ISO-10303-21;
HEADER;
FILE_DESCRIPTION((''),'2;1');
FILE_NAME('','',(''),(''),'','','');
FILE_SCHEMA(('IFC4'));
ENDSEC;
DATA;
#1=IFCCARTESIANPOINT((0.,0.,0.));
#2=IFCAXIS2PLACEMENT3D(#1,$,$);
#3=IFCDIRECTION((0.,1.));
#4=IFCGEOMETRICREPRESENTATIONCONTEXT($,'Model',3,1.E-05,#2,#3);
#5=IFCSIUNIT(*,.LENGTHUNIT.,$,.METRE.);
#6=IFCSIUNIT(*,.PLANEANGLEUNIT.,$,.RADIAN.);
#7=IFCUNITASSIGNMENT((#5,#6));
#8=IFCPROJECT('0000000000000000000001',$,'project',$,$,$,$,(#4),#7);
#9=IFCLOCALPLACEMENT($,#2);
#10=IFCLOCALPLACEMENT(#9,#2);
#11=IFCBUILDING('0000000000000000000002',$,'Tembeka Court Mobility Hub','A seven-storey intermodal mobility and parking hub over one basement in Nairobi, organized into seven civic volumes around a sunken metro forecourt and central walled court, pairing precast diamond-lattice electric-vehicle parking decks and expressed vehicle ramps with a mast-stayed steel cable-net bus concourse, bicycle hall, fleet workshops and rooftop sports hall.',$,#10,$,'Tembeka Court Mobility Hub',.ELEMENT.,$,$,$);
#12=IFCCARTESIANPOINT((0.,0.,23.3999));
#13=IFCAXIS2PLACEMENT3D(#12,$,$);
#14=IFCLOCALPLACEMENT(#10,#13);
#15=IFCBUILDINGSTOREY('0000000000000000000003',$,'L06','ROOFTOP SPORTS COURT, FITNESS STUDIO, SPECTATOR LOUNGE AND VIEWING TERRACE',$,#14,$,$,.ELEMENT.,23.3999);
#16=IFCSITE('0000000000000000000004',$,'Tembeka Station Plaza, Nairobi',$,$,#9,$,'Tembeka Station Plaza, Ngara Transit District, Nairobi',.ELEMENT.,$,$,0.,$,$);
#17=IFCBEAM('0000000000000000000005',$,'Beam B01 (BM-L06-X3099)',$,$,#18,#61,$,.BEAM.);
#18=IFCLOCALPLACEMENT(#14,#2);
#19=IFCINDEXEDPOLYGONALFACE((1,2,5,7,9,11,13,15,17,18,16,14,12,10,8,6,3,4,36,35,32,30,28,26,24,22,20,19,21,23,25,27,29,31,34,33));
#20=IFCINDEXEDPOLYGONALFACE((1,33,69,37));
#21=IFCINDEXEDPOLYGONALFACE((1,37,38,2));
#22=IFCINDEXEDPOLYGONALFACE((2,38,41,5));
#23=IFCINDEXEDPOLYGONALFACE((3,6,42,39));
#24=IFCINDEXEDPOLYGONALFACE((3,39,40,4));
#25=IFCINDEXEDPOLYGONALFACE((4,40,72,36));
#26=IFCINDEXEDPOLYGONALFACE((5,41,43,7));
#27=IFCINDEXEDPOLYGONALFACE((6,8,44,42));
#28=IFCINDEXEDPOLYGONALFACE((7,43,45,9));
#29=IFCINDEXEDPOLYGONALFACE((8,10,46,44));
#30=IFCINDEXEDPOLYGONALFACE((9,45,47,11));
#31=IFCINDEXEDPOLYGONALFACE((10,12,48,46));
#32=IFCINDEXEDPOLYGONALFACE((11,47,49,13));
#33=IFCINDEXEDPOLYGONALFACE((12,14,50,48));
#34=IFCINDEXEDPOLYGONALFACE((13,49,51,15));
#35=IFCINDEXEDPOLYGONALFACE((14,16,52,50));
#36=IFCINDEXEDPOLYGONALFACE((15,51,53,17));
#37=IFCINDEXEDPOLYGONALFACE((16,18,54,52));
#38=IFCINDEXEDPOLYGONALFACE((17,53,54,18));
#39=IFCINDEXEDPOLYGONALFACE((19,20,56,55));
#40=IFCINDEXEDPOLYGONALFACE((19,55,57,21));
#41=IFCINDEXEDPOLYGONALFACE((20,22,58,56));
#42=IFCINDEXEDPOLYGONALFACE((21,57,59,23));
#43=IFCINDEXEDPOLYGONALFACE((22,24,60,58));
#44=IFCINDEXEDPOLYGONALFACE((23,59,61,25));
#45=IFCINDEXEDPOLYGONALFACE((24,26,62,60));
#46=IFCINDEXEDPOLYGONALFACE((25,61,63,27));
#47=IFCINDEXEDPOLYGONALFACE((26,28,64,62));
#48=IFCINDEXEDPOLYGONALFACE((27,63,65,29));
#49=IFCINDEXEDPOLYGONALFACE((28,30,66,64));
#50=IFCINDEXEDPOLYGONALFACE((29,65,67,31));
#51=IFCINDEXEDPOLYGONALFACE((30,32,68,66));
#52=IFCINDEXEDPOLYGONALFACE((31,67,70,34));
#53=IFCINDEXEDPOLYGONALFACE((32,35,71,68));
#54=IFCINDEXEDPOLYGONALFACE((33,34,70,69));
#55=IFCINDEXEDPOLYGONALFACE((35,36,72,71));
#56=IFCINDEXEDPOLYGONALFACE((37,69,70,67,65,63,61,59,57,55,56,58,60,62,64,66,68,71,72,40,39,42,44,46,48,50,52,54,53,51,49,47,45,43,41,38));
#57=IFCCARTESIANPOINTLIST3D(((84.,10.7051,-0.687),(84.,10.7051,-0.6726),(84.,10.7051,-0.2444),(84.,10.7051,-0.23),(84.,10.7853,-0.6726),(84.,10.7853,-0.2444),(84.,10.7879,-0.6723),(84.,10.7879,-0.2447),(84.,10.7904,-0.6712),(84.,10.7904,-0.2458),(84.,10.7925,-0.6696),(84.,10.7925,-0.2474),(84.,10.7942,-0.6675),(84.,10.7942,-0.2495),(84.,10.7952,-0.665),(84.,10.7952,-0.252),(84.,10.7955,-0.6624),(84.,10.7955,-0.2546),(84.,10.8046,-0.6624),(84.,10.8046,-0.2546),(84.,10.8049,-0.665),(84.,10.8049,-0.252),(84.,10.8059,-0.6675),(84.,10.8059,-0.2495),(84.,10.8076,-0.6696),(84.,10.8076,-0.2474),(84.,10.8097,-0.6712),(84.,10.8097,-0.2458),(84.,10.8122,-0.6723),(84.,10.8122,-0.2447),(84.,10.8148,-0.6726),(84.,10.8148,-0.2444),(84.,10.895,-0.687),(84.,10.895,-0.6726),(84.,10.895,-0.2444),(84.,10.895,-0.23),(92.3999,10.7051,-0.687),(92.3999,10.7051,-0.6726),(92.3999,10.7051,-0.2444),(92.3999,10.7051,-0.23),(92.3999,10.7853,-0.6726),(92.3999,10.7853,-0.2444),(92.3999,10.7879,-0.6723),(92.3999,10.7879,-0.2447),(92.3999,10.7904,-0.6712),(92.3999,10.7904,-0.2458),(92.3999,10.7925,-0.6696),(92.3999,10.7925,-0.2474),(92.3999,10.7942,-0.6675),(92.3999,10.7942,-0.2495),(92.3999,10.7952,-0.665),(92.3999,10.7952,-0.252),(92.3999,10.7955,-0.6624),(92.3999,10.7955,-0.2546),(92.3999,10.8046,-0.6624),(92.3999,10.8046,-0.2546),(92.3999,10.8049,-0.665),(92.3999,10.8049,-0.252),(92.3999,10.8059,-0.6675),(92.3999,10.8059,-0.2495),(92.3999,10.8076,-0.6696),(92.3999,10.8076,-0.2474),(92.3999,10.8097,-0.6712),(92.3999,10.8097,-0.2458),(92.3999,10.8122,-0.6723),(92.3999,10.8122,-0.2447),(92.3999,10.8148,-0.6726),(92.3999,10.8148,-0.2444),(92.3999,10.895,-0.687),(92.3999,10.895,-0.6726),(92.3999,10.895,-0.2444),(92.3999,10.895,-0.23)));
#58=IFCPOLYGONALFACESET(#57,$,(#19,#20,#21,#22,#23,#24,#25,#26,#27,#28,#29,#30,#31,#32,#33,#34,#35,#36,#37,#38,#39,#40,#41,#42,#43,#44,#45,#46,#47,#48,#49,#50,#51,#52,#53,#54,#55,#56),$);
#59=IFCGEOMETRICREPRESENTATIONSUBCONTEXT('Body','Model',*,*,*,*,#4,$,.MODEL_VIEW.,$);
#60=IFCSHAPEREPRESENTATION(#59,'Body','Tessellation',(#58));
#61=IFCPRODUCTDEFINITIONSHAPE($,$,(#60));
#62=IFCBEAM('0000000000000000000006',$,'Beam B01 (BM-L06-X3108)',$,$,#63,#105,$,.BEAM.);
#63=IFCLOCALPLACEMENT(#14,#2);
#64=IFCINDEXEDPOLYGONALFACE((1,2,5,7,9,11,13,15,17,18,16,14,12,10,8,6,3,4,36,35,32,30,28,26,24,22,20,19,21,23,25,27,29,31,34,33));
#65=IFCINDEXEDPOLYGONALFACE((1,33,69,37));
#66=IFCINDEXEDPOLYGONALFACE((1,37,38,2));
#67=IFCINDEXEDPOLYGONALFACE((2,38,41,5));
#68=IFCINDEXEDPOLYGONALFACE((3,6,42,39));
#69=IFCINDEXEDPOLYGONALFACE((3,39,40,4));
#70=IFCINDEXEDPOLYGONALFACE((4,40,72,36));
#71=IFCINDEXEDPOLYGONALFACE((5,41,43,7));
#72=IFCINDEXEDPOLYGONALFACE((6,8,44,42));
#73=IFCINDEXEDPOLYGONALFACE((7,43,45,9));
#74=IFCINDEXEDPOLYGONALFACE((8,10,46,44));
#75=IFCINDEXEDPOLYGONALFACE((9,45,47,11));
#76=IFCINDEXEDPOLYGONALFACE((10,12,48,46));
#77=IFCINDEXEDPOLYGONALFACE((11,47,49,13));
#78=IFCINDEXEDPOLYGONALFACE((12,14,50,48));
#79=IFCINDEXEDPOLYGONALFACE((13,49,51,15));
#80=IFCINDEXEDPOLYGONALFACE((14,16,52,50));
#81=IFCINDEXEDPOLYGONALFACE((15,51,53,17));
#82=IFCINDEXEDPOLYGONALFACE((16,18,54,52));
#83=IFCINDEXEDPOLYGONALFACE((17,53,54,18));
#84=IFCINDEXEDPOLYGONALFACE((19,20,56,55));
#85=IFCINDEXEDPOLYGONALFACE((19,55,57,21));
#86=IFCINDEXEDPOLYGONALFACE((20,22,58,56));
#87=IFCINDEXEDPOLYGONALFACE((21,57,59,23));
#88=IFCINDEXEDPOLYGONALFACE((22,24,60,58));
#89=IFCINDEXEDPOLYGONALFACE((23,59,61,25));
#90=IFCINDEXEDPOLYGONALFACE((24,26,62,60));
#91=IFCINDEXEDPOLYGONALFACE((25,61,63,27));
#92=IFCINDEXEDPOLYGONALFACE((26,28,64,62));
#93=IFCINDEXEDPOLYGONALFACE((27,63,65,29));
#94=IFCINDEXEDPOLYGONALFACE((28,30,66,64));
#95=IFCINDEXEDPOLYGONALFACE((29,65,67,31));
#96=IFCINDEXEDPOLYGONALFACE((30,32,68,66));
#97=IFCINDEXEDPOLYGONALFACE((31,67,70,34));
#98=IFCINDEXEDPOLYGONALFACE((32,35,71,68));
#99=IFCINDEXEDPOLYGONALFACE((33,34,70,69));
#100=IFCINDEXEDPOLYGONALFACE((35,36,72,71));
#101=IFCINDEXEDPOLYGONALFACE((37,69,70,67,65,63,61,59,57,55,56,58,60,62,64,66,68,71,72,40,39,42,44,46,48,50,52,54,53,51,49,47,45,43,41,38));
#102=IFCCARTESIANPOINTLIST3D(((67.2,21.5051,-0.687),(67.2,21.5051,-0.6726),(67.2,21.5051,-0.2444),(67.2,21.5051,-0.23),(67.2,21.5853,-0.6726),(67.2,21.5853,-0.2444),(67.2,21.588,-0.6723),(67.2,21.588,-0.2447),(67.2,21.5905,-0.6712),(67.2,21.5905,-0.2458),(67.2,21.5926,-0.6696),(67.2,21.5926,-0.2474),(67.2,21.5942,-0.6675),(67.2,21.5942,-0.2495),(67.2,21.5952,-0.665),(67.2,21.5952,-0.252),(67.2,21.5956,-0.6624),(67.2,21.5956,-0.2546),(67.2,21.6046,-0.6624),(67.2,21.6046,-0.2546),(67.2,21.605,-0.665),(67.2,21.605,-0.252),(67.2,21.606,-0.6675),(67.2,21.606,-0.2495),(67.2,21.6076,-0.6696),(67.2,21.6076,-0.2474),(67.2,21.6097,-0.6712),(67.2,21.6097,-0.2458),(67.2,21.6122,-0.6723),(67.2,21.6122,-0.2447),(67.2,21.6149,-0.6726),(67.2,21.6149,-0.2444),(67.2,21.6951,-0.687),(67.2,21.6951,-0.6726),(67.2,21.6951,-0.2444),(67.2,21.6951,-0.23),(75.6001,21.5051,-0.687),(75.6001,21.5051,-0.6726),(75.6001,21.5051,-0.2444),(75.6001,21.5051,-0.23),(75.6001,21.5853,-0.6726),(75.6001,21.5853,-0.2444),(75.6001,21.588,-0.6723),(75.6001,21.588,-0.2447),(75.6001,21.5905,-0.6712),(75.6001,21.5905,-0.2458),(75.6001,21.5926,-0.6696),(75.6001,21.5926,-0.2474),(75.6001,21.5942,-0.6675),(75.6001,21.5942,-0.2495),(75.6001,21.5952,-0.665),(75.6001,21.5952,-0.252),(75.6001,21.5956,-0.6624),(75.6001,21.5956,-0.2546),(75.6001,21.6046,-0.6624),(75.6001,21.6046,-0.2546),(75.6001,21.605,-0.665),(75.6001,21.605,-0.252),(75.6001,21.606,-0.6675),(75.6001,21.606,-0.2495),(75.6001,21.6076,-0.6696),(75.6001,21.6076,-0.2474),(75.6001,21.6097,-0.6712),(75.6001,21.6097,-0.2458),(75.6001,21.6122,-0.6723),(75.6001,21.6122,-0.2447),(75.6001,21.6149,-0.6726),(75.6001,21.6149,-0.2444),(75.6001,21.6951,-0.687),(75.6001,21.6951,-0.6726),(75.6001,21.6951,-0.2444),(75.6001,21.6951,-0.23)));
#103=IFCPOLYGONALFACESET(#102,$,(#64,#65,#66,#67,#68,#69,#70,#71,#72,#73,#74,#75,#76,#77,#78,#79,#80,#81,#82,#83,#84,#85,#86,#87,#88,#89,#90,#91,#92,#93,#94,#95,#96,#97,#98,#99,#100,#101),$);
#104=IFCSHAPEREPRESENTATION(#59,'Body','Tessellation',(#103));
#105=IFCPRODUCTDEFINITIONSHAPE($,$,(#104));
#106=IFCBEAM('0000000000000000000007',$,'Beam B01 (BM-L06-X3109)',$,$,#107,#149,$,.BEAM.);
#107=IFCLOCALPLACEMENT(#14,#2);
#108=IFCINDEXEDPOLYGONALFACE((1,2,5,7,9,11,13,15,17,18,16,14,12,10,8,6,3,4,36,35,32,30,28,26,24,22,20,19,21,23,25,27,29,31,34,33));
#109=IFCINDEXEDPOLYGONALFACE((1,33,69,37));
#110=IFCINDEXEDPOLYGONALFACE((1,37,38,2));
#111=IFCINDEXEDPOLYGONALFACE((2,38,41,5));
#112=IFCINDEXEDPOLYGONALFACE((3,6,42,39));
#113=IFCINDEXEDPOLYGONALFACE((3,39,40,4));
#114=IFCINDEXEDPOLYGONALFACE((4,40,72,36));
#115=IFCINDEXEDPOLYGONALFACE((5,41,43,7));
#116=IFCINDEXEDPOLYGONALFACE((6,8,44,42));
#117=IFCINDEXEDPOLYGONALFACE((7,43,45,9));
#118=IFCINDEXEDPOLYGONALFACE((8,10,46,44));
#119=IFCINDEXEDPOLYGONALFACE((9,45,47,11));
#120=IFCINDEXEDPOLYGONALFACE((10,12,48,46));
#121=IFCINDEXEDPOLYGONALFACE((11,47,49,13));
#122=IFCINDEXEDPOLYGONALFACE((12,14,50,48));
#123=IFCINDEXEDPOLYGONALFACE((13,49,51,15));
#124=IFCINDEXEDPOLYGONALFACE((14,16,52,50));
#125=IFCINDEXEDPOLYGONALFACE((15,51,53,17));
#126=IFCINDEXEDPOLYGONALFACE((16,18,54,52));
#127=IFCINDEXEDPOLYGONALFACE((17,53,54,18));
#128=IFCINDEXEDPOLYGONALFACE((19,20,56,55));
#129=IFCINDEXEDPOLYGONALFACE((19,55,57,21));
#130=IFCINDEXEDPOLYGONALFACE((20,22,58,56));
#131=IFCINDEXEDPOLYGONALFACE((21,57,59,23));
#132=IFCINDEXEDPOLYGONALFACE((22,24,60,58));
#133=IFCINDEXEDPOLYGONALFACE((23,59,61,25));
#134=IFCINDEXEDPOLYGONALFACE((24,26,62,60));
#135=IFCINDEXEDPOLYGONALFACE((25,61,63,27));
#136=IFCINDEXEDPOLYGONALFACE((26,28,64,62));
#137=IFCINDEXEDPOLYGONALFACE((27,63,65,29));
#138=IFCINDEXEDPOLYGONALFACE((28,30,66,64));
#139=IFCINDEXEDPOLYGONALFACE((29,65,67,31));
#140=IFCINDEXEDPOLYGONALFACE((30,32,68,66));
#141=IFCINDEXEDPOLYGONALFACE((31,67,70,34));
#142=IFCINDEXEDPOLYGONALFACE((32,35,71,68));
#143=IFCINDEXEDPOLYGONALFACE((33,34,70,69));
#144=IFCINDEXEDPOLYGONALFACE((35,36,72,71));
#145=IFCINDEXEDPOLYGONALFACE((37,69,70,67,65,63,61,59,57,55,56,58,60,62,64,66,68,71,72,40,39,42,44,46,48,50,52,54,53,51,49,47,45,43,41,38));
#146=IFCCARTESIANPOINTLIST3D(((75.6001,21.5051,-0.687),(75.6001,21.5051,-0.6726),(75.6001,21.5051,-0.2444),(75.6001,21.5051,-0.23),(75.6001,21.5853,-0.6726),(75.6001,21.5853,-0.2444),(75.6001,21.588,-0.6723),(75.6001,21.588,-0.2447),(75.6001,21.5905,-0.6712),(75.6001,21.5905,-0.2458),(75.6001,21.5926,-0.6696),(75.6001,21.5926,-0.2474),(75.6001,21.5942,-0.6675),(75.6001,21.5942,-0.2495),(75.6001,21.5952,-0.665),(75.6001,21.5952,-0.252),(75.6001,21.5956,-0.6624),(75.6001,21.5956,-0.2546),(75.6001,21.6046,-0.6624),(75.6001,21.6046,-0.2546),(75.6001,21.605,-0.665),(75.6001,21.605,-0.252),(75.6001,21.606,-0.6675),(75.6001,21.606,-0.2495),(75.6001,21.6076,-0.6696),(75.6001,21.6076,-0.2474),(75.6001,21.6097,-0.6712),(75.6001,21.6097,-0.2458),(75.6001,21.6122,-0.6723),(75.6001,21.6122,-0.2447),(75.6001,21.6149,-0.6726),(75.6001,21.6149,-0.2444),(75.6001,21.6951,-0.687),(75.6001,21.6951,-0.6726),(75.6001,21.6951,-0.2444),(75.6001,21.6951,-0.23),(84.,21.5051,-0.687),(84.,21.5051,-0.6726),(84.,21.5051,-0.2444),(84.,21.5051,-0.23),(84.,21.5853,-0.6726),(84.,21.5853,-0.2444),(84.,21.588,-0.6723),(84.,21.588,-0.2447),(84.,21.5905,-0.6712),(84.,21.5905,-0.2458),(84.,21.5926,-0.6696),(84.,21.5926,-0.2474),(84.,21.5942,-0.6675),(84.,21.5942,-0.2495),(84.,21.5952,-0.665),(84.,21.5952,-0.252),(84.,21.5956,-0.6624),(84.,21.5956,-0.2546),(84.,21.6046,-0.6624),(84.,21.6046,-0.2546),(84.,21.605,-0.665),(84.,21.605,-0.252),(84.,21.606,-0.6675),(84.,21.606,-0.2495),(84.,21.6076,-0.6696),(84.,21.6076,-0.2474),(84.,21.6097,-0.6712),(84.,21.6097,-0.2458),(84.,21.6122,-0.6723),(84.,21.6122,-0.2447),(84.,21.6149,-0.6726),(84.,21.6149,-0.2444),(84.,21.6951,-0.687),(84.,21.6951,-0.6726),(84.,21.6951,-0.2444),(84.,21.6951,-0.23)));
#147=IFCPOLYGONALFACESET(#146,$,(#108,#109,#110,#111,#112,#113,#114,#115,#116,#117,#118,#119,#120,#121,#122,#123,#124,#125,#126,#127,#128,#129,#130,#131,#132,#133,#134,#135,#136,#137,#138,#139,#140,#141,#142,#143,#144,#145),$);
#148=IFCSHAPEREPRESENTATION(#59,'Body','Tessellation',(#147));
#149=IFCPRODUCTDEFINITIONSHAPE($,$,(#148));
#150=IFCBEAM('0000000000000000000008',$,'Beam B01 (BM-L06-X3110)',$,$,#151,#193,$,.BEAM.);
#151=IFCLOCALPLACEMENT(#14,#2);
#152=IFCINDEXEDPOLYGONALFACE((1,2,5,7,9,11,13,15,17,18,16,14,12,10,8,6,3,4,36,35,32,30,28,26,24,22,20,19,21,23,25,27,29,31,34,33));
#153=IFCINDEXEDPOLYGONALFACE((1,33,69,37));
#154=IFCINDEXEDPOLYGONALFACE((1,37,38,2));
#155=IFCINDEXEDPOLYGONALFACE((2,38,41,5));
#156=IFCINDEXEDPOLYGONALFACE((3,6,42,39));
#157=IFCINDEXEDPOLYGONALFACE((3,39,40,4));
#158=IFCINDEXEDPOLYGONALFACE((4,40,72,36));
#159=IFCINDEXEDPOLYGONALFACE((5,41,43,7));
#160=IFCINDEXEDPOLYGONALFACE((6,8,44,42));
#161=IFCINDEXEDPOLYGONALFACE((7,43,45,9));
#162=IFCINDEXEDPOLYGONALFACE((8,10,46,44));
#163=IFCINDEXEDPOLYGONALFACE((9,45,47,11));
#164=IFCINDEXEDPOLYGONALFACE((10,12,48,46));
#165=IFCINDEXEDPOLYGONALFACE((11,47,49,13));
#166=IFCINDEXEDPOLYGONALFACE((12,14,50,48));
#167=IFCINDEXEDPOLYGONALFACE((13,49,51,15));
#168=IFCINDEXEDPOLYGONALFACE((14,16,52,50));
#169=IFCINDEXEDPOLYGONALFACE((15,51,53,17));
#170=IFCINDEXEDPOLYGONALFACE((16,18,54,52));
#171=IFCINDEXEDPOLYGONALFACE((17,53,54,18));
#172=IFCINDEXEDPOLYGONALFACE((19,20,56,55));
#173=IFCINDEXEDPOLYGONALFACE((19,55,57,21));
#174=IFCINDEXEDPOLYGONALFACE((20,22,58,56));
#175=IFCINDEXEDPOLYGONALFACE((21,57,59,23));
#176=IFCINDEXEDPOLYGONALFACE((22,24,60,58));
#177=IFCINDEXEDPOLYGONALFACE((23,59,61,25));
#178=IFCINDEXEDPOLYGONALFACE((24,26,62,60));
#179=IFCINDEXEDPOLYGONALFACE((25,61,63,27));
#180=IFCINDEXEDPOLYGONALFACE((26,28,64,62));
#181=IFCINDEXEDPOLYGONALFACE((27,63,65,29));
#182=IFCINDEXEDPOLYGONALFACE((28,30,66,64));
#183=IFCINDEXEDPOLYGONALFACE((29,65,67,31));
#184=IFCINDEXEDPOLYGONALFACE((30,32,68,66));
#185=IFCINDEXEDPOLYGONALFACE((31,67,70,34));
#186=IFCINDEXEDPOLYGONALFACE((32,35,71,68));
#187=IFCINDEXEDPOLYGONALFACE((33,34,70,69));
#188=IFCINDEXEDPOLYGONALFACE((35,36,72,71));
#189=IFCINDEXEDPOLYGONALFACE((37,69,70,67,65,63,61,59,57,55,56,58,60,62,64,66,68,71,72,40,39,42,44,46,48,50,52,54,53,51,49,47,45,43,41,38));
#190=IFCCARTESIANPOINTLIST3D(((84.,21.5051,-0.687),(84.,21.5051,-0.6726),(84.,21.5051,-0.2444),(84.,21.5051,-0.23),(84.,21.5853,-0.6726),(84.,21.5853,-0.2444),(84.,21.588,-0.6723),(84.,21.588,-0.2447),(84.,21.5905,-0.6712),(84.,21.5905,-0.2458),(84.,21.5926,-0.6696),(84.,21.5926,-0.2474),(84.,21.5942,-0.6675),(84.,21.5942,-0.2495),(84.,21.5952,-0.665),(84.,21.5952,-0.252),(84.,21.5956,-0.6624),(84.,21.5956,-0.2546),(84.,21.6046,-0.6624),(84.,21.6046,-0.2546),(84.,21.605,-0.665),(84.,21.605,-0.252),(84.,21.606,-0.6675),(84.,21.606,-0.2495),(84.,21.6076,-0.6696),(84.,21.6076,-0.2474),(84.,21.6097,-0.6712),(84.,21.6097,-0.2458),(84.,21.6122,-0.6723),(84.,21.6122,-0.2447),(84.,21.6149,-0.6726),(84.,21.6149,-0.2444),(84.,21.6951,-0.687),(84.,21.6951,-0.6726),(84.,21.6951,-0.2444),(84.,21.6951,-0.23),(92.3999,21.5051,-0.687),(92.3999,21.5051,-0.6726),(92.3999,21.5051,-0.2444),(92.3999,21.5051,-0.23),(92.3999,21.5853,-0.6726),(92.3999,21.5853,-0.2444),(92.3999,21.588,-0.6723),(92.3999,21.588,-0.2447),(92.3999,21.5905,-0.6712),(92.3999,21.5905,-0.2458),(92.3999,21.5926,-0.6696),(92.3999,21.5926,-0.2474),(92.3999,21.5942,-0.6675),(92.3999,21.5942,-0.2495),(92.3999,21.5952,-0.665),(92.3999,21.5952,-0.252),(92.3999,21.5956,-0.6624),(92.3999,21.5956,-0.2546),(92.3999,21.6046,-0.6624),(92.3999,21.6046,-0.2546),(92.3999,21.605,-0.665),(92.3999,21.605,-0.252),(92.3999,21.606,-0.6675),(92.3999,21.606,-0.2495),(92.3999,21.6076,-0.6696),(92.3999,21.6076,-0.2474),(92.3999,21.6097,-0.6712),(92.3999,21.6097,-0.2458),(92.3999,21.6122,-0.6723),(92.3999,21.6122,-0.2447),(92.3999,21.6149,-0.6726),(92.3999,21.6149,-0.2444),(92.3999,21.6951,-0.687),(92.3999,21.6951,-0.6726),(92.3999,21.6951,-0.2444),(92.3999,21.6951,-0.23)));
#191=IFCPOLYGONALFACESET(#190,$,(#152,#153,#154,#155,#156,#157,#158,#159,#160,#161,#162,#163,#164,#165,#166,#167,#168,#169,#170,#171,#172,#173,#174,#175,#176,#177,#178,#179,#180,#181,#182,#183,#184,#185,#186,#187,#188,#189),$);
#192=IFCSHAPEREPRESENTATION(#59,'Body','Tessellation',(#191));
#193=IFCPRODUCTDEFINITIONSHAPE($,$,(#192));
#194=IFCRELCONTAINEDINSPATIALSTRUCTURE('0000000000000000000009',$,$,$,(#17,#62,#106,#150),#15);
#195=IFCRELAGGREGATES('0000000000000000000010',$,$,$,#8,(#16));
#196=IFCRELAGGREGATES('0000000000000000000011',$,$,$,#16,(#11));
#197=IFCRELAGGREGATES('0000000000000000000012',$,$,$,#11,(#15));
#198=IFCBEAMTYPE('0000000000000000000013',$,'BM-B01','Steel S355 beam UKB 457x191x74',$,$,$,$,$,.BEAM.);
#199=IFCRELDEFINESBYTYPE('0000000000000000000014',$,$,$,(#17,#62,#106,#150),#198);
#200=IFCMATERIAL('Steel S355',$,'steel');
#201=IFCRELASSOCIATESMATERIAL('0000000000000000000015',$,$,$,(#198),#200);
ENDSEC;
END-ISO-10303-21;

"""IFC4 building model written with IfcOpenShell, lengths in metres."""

from ifc_helpers import new_model, si_unit, direction, frame, origin, origin_2d, place, context, subcontext, project, spatial, i_section, extrude, material, material_profile, profile_set, type_object, element, save


model = new_model("IFC4")

# Units and contexts
model_context = context("Model", 3, precision=1e-05, world=origin(), true_north=direction((0.0, 1.0)))
body_context = subcontext(model_context, "Body", "Model", "MODEL_VIEW")
ifc_project = project(units=[si_unit("LENGTHUNIT", "METRE"), si_unit("PLANEANGLEUNIT", "RADIAN")], contexts=[model_context])

# Site, building, storey
site_placement = place(None, origin())
site = spatial("IfcSite", under=ifc_project, at=site_placement, Name="Tembeka Station Plaza, Nairobi", LongName="Tembeka Station Plaza, Ngara Transit District, Nairobi", CompositionType="ELEMENT", RefElevation=0.0)
building_placement = place(site_placement, origin())
building = spatial("IfcBuilding", under=site, at=building_placement, Name="Tembeka Court Mobility Hub", Description="A seven-storey intermodal mobility and parking hub over one basement in Nairobi, organized into seven civic volumes around a sunken metro forecourt and central walled court, pairing precast diamond-lattice electric-vehicle parking decks and expressed vehicle ramps with a mast-stayed steel cable-net bus concourse, bicycle hall, fleet workshops and rooftop sports hall.", LongName="Tembeka Court Mobility Hub", CompositionType="ELEMENT")
storey_placement = place(building_placement, frame((0.0, 0.0, 23.3999)))
storey = spatial("IfcBuildingStorey", under=building, at=storey_placement, Name="L06", Description="ROOFTOP SPORTS COURT, FITNESS STUDIO, SPECTATOR LOUNGE AND VIEWING TERRACE", CompositionType="ELEMENT", Elevation=23.3999)

# Beams
ifc_material_1 = material(Name="Steel S355", Category="steel")
ifc_material_profile_1 = material_profile(ifc_material_1, i_section(OverallWidth=0.1899, OverallDepth=0.457, WebThickness=0.009, FlangeThickness=0.0144, FilletRadius=0.0103, at=origin_2d()), Name="UKB 457x191x74")
ifc_profile_set_1 = profile_set([ifc_material_profile_1], Name="Steel S355")
beam_type_1 = type_object("IfcBeamType", Name="BM-B01", Description="Steel S355 beam UKB 457x191x74", PredefinedType="BEAM", material=ifc_profile_set_1)
beam_1_placement = place(storey_placement, frame((84.0, 10.8, -0.4585), z_axis=(1.0, 0.0, 0.0), x_axis=(0.0, 1.0, 0.0)))
element("IfcBeam", 1, at=beam_1_placement, inside=storey, type_object=beam_type_1, Name="Beam B01 (BM-L06-X3099)", PredefinedType="BEAM", context=body_context, shape_type="SweptSolid", body=[
    extrude(i_section(OverallWidth=0.1899, OverallDepth=0.457, WebThickness=0.009, FlangeThickness=0.0144, FilletRadius=0.0103, at=origin_2d()), origin(), (0.0, 0.0, 1.0), 8.3999),
])
beam_2_placement = place(storey_placement, frame((67.2, 21.6001, -0.4585), z_axis=(1.0, 0.0, 0.0), x_axis=(0.0, 1.0, 0.0)))
element("IfcBeam", 2, at=beam_2_placement, inside=storey, type_object=beam_type_1, Name="Beam B01 (BM-L06-X3108)", PredefinedType="BEAM", context=body_context, shape_type="SweptSolid", body=[
    extrude(i_section(OverallWidth=0.1899, OverallDepth=0.457, WebThickness=0.009, FlangeThickness=0.0144, FilletRadius=0.0103, at=origin_2d()), origin(), (0.0, 0.0, 1.0), 8.4001),
])
for number, where, z_axis, x_axis, name in (
    (3, (75.6001, 21.6001, -0.4585), (1.0, 0.0, 0.0), (0.0, 1.0, 0.0), "Beam B01 (BM-L06-X3109)"),
    (4, (84.0, 21.6001, -0.4585), (1.0, 0.0, 0.0), (0.0, 1.0, 0.0), "Beam B01 (BM-L06-X3110)"),
):
    element("IfcBeam", number, at=place(storey_placement, frame(where, z_axis=z_axis, x_axis=x_axis)), inside=storey, type_object=beam_type_1, Name=name, PredefinedType="BEAM", context=body_context, shape_type="SweptSolid", body=[
        extrude(i_section(OverallWidth=0.1899, OverallDepth=0.457, WebThickness=0.009, FlangeThickness=0.0144, FilletRadius=0.0103, at=origin_2d()), origin(), (0.0, 0.0, 1.0), 8.3999),
    ])

save(model, "model.ifc")
